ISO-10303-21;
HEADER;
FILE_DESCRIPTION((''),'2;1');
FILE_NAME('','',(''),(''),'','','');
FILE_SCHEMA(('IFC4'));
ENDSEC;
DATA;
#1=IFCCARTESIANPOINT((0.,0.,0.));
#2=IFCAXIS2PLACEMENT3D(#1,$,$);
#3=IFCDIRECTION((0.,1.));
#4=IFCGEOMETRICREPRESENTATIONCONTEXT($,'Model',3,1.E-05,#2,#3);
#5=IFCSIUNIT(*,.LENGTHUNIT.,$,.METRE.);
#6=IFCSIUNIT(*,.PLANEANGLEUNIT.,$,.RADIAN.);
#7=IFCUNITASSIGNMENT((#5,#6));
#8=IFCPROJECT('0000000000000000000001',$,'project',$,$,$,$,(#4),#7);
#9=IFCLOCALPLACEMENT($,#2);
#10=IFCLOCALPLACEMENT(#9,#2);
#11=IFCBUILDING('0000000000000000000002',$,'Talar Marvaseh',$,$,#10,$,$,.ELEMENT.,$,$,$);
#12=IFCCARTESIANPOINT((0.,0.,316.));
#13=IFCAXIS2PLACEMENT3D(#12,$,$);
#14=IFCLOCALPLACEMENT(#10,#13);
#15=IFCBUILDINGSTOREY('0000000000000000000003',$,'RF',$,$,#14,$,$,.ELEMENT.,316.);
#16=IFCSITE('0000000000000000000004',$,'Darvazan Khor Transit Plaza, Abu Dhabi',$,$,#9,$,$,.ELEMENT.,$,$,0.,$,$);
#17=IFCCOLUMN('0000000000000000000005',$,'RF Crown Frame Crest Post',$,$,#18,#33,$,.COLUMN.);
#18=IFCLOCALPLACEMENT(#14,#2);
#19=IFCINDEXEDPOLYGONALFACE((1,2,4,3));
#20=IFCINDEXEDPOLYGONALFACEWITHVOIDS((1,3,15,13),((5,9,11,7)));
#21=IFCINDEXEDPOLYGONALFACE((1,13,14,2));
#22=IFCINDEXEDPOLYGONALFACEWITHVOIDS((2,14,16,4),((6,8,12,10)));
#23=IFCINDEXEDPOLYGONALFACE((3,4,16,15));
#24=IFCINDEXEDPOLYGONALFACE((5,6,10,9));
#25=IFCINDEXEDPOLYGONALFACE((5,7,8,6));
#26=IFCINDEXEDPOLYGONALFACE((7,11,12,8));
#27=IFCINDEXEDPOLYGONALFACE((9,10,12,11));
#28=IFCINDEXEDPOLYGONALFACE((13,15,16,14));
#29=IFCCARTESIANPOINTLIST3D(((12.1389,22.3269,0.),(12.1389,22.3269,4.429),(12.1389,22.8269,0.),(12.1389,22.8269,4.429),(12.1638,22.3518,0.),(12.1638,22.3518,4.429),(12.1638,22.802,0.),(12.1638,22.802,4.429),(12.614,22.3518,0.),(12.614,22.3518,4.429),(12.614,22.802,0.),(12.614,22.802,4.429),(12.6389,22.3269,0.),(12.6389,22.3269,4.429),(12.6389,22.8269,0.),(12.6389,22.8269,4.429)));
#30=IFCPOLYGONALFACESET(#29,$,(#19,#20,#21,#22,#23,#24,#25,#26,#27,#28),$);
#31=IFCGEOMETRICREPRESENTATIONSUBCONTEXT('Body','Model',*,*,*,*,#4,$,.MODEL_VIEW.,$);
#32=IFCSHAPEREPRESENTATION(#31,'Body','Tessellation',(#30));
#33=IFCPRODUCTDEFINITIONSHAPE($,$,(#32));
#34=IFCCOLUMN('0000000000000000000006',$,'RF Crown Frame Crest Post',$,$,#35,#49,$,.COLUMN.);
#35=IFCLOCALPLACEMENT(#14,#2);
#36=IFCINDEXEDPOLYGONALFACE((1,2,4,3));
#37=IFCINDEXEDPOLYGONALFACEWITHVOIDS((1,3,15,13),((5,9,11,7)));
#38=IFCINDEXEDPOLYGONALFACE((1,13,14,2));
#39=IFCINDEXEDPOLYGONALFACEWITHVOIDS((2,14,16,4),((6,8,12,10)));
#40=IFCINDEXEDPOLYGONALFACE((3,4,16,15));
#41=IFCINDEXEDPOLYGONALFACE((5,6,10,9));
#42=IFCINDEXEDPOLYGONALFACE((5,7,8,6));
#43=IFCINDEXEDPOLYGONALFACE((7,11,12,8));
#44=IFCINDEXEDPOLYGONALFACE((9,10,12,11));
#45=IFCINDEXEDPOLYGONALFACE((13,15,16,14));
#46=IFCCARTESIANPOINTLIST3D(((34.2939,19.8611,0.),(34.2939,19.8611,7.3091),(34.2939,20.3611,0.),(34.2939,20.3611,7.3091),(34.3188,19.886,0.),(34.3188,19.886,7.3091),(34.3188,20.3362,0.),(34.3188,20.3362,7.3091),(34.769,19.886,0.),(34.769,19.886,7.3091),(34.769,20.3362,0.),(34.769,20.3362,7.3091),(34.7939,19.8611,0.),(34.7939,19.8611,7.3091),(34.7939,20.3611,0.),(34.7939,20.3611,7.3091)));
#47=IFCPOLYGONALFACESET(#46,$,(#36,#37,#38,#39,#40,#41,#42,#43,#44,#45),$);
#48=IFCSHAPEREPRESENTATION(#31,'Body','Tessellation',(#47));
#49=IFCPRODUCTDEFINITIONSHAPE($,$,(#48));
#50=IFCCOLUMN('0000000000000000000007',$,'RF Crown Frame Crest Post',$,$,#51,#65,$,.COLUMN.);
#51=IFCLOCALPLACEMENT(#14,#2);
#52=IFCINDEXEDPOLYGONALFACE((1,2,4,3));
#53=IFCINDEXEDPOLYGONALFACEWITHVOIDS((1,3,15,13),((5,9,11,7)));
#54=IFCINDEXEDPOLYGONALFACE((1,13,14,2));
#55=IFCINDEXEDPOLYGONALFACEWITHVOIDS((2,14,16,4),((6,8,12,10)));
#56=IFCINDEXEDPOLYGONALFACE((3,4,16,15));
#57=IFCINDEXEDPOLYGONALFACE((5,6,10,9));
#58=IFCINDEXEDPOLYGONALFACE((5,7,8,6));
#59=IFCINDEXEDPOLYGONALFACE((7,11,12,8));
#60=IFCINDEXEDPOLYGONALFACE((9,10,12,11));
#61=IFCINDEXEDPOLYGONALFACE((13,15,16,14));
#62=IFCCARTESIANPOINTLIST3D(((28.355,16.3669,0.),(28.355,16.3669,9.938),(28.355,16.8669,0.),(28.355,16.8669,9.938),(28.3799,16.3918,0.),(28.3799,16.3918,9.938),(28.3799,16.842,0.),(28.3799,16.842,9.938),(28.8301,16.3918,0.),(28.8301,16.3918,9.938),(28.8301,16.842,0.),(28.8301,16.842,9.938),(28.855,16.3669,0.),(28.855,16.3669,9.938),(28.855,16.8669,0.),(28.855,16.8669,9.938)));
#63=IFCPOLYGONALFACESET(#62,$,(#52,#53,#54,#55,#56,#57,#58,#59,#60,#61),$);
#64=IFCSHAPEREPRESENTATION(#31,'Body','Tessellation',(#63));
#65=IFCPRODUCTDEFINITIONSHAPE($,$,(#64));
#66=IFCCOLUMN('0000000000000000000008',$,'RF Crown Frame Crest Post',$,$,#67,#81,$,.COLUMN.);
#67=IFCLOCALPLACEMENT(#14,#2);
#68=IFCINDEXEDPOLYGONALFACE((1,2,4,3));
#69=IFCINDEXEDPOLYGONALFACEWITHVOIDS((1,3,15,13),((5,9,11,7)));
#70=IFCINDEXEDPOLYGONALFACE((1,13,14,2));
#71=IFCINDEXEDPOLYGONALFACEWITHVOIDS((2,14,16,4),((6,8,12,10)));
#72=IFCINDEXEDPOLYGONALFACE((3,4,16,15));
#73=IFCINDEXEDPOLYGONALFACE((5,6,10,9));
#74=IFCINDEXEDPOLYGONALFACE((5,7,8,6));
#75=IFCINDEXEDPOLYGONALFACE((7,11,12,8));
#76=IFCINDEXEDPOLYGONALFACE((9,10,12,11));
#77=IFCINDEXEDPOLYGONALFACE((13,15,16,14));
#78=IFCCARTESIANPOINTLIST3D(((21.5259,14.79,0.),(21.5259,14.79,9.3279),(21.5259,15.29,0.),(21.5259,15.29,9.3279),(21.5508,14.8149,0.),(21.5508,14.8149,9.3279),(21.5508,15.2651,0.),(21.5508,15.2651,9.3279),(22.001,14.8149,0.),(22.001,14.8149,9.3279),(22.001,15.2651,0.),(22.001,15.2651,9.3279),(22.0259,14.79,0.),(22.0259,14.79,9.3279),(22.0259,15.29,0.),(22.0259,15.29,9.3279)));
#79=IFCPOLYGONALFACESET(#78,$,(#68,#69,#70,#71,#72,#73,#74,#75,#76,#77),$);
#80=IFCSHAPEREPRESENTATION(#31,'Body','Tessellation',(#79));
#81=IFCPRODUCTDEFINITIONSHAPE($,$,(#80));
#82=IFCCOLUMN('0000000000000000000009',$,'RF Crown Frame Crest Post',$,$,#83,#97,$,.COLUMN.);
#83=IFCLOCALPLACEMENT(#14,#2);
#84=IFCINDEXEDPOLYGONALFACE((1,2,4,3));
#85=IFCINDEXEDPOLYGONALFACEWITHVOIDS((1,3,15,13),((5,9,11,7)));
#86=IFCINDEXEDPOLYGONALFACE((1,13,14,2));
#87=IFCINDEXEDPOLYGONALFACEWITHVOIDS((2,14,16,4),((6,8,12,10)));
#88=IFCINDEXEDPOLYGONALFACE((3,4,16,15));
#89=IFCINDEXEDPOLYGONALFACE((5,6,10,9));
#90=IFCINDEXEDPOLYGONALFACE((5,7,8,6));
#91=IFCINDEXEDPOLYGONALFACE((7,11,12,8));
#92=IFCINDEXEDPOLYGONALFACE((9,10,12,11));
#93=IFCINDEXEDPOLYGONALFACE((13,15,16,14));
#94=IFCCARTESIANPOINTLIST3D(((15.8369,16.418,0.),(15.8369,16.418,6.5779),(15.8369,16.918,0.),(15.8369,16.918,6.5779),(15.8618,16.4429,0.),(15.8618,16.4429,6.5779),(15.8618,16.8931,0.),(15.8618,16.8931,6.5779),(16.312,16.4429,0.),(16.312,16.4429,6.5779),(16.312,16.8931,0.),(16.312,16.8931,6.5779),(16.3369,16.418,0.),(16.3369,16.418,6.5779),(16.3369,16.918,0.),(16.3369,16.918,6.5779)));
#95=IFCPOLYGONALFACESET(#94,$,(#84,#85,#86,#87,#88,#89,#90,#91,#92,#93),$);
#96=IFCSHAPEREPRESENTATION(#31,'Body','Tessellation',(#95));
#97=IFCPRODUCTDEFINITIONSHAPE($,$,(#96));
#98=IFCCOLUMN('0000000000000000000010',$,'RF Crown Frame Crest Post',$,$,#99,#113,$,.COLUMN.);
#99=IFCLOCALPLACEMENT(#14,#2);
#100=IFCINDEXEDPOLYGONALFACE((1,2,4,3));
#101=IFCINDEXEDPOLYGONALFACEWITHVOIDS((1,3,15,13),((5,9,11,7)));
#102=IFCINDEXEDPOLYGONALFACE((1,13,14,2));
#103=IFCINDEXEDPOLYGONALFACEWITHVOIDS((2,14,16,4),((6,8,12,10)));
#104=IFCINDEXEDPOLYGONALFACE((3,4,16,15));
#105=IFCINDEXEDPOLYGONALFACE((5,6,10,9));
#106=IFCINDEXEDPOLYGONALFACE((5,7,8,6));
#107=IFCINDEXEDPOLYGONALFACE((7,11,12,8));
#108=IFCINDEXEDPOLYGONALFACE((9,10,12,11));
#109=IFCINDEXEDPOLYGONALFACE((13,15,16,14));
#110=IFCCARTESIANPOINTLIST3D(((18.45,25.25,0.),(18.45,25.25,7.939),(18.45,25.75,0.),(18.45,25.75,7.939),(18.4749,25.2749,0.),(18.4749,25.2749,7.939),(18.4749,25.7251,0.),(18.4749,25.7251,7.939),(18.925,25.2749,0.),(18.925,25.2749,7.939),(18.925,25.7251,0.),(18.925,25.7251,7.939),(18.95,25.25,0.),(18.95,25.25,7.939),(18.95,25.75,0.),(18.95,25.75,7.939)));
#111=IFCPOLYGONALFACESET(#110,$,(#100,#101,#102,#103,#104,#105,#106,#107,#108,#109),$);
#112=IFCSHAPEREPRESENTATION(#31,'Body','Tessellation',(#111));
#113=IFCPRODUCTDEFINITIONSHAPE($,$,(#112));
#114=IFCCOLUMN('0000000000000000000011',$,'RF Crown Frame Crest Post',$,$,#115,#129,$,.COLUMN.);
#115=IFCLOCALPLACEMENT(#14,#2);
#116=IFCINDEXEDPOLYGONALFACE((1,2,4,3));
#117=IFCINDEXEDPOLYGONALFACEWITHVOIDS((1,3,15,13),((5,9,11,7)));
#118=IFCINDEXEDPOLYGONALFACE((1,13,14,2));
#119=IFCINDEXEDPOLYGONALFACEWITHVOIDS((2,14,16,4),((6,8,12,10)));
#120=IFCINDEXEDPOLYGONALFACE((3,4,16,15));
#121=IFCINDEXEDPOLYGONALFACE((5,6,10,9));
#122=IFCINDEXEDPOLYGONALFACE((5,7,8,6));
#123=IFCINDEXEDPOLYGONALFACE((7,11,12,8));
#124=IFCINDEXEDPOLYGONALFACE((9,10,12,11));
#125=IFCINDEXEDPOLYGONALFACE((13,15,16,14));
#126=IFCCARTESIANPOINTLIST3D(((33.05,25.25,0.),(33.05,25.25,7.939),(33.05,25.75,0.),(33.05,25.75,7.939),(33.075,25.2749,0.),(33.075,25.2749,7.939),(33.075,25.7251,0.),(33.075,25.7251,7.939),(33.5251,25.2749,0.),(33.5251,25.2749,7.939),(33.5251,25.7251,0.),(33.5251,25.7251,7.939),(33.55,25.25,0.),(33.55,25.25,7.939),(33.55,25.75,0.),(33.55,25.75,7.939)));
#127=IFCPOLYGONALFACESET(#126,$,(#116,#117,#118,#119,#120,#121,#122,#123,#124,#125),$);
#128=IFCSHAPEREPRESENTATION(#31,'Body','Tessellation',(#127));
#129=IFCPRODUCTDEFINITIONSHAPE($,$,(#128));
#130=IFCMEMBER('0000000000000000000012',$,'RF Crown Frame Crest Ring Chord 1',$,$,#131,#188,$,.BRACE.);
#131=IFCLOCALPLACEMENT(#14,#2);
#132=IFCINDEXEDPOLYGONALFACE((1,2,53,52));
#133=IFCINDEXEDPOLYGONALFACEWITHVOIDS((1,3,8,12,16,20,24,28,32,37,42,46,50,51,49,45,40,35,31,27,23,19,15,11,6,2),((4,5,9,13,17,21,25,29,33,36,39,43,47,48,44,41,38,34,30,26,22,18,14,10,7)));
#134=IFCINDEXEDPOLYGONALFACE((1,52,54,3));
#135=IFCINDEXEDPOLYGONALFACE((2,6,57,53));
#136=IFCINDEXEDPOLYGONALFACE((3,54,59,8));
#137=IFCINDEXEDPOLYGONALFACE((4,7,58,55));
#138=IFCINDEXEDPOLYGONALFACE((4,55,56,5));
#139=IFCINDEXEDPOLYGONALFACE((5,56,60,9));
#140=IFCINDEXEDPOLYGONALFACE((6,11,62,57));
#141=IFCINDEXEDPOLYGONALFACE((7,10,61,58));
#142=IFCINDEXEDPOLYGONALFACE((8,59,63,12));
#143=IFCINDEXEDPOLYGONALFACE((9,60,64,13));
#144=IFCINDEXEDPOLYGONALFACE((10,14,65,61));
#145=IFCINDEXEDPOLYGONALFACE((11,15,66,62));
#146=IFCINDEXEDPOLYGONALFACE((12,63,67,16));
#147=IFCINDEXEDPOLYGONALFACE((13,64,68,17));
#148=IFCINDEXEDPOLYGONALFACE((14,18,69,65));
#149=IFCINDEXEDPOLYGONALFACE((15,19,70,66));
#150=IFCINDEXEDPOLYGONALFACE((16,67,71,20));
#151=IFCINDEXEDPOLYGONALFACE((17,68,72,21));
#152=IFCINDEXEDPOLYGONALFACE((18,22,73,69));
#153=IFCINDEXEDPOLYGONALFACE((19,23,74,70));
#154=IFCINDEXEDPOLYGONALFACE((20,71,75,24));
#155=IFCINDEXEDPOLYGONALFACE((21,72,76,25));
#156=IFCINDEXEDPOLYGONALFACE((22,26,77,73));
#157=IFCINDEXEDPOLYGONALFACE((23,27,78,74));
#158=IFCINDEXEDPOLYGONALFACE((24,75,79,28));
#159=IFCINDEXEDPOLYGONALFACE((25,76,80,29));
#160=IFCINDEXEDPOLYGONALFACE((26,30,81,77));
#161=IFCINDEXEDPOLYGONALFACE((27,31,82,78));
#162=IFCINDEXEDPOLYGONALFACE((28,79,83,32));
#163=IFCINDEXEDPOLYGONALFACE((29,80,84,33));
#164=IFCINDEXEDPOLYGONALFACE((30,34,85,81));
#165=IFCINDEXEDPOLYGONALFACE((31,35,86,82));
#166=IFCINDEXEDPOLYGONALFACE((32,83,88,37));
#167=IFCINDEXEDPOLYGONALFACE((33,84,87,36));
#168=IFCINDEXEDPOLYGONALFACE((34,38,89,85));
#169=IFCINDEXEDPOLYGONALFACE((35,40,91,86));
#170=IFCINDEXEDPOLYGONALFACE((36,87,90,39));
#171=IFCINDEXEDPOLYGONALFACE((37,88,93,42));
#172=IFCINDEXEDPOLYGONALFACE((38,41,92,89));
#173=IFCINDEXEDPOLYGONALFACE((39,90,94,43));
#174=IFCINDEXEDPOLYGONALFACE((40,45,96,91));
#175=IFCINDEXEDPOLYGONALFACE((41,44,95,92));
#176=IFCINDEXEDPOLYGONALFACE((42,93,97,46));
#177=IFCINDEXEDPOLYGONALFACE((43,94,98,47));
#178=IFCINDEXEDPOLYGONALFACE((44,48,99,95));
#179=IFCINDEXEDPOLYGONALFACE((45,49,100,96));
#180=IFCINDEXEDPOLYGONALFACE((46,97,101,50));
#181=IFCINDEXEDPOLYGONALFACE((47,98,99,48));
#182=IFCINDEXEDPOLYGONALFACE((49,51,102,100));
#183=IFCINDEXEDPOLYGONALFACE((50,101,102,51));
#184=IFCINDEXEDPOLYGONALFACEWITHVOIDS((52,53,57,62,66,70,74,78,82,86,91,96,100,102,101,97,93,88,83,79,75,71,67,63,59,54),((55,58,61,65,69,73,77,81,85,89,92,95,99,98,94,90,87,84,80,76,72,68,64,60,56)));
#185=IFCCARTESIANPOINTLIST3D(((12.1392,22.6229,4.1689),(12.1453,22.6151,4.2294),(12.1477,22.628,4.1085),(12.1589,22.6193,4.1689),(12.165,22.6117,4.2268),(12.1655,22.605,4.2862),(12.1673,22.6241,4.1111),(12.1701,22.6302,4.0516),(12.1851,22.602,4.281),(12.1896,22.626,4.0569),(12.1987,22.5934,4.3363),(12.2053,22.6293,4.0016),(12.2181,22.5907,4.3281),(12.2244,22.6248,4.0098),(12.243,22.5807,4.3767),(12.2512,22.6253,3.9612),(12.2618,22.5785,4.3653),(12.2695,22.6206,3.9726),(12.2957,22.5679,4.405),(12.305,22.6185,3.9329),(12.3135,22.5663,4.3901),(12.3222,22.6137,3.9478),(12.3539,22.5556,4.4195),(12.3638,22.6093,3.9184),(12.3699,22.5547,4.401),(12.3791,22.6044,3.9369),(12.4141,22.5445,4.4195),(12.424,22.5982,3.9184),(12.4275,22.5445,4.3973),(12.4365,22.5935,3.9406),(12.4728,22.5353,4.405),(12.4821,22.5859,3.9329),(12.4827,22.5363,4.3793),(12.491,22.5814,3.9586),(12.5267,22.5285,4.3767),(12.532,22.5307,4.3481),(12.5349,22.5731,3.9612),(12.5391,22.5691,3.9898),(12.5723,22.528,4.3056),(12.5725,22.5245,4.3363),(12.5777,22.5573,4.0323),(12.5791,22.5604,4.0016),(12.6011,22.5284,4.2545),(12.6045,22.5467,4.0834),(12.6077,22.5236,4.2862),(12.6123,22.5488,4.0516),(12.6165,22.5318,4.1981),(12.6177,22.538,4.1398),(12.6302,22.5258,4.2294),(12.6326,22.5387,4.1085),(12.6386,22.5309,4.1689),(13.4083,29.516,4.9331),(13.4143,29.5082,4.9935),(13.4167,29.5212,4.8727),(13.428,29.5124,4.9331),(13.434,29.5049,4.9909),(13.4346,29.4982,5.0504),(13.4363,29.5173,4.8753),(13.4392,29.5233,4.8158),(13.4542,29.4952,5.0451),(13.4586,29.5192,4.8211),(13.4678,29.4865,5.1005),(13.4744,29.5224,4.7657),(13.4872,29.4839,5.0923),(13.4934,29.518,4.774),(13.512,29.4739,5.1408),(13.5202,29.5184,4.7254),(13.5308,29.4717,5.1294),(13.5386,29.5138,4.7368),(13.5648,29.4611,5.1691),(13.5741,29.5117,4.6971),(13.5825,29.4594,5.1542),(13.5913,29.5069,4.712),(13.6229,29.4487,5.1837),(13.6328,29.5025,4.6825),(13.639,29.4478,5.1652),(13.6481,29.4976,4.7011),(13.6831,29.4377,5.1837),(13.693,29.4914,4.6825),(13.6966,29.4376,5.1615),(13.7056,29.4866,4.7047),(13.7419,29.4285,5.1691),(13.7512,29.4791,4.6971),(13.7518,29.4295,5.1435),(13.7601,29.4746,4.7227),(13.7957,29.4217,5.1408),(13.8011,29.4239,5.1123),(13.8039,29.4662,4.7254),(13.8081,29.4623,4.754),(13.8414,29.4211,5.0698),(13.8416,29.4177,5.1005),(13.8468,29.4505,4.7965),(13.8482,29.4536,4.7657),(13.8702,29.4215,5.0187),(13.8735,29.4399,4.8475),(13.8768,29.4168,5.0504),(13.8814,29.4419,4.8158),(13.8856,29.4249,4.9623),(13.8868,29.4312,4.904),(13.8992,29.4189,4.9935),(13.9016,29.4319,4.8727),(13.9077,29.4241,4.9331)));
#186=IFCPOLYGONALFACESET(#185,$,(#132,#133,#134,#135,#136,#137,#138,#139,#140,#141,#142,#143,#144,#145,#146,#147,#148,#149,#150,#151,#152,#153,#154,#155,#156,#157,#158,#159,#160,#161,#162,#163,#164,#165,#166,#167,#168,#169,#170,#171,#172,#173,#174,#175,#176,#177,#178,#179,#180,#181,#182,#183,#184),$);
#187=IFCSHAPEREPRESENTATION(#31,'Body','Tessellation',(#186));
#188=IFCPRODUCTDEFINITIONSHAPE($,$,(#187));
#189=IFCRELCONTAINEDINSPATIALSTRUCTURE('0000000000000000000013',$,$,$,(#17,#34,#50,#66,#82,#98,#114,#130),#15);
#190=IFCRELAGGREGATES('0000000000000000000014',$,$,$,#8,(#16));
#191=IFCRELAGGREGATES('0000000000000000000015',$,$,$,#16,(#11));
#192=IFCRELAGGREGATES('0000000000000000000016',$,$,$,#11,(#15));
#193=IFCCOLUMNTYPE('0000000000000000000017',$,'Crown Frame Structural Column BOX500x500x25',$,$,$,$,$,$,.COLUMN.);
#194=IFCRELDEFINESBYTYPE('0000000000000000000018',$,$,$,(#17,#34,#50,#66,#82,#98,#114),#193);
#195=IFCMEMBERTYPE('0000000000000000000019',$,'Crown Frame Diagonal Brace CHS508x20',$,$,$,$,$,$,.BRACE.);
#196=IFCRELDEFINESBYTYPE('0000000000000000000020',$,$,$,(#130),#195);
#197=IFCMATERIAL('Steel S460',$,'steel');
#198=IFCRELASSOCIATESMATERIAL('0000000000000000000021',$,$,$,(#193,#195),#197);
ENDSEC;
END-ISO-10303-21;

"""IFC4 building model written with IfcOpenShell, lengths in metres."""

from ifc_helpers import new_model, si_unit, direction, frame, origin, origin_2d, place, context, subcontext, project, spatial, hollow_rectangle, hollow_circle, extrude, source, transform, mapped, material, material_profile, profile_set, type_object, element, save


model = new_model("IFC4")

# Units and contexts
model_context = context("Model", 3, precision=1e-05, world=origin(), true_north=direction((0.0, 1.0)))
body_context = subcontext(model_context, "Body", "Model", "MODEL_VIEW")
ifc_project = project(units=[si_unit("LENGTHUNIT", "METRE"), si_unit("PLANEANGLEUNIT", "RADIAN")], contexts=[model_context])

# Site, building, storey
site_placement = place(None, origin())
site = spatial("IfcSite", under=ifc_project, at=site_placement, Name="Darvazan Khor Transit Plaza, Abu Dhabi", CompositionType="ELEMENT", RefElevation=0.0)
building_placement = place(site_placement, origin())
building = spatial("IfcBuilding", under=site, at=building_placement, Name="Talar Marvaseh", CompositionType="ELEMENT")
storey_placement = place(building_placement, frame((0.0, 0.0, 316.0)))
storey = spatial("IfcBuildingStorey", under=building, at=storey_placement, Name="RF", CompositionType="ELEMENT", Elevation=316.0)

# Columns
ifc_material_1 = material(Name="Steel S460", Category="steel")
ifc_material_profile_1 = material_profile(ifc_material_1, hollow_rectangle(XDim=0.5, YDim=0.5, WallThickness=0.0249, at=origin_2d()), Name="BOX500x500x25")
ifc_profile_set_1 = profile_set([ifc_material_profile_1], Name="Steel S460")
column_type = type_object("IfcColumnType", Name="Crown Frame Structural Column BOX500x500x25", PredefinedType="COLUMN", material=ifc_profile_set_1)
column_1_placement = place(storey_placement, frame((12.3889, 22.5769, 0.0), z_axis=(0.0, 0.0, 1.0), x_axis=(1.0, 0.0, 0.0)))
element("IfcColumn", 1, at=column_1_placement, inside=storey, type_object=column_type, Name="RF Crown Frame Crest Post", PredefinedType="COLUMN", context=body_context, shape_type="SweptSolid", body=[
    extrude(hollow_rectangle(XDim=0.5, YDim=0.5, WallThickness=0.0249, at=origin_2d()), origin(), (0.0, 0.0, 1.0), 4.429),
])
column_2_placement = place(storey_placement, frame((34.5439, 20.1111, 0.0), z_axis=(0.0, 0.0, 1.0), x_axis=(1.0, 0.0, 0.0)))
element("IfcColumn", 2, at=column_2_placement, inside=storey, type_object=column_type, Name="RF Crown Frame Crest Post", PredefinedType="COLUMN", context=body_context, shape_type="SweptSolid", body=[
    extrude(hollow_rectangle(XDim=0.5, YDim=0.5, WallThickness=0.0249, at=origin_2d()), origin(), (0.0, 0.0, 1.0), 7.3091),
])
column_3_placement = place(storey_placement, frame((28.605, 16.6169, 0.0), z_axis=(0.0, 0.0, 1.0), x_axis=(1.0, 0.0, 0.0)))
element("IfcColumn", 3, at=column_3_placement, inside=storey, type_object=column_type, Name="RF Crown Frame Crest Post", PredefinedType="COLUMN", context=body_context, shape_type="SweptSolid", body=[
    extrude(hollow_rectangle(XDim=0.5, YDim=0.5, WallThickness=0.0249, at=origin_2d()), origin(), (0.0, 0.0, 1.0), 9.938),
])
column_4_placement = place(storey_placement, frame((21.7759, 15.04, 0.0), z_axis=(0.0, 0.0, 1.0), x_axis=(1.0, 0.0, 0.0)))
element("IfcColumn", 4, at=column_4_placement, inside=storey, type_object=column_type, Name="RF Crown Frame Crest Post", PredefinedType="COLUMN", context=body_context, shape_type="SweptSolid", body=[
    extrude(hollow_rectangle(XDim=0.5, YDim=0.5, WallThickness=0.0249, at=origin_2d()), origin(), (0.0, 0.0, 1.0), 9.3279),
])
column_5_placement = place(storey_placement, frame((16.0869, 16.668, 0.0), z_axis=(0.0, 0.0, 1.0), x_axis=(1.0, 0.0, 0.0)))
element("IfcColumn", 5, at=column_5_placement, inside=storey, type_object=column_type, Name="RF Crown Frame Crest Post", PredefinedType="COLUMN", context=body_context, shape_type="SweptSolid", body=[
    extrude(hollow_rectangle(XDim=0.5, YDim=0.5, WallThickness=0.0249, at=origin_2d()), origin(), (0.0, 0.0, 1.0), 6.5779),
])
for number, where, z_axis, x_axis, name in (
    (6, (18.7, 25.5, 0.0), (0.0, 0.0, 1.0), (1.0, 0.0, 0.0), "RF Crown Frame Crest Post"),
    (7, (33.3, 25.5, 0.0), (0.0, 0.0, 1.0), (1.0, 0.0, 0.0), "RF Crown Frame Crest Post"),
):
    element("IfcColumn", number, at=place(storey_placement, frame(where, z_axis=z_axis, x_axis=x_axis)), inside=storey, type_object=column_type, Name=name, PredefinedType="COLUMN", context=body_context, shape_type="SweptSolid", body=[
        extrude(hollow_rectangle(XDim=0.5, YDim=0.5, WallThickness=0.0249, at=origin_2d()), origin(), (0.0, 0.0, 1.0), 7.939),
    ])

# Member
ifc_material_profile_2 = material_profile(ifc_material_1, hollow_circle(Radius=0.2539, WallThickness=0.02, at=origin_2d()), Name="CHS508x20")
ifc_profile_set_2 = profile_set([ifc_material_profile_2], Name="Steel S460")
member_type = type_object("IfcMemberType", Name="Crown Frame Diagonal Brace CHS508x20", PredefinedType="BRACE", material=ifc_profile_set_2)
shared_shape_1 = source(origin(), body_context, "Body", "SweptSolid", [
    extrude(hollow_circle(Radius=0.2539, WallThickness=0.02, at=origin_2d()), origin(), (0.0, 0.0, 1.0), 7.0505),
])
member_1_placement = place(storey_placement, frame((12.3889, 22.5769, 4.1689), z_axis=(0.179995, 0.977678, 0.108385), x_axis=(-0.983472, 0.181061, 0.0)))
element("IfcMember", 8, at=member_1_placement, inside=storey, type_object=member_type, Name="RF Crown Frame Crest Ring Chord 1", PredefinedType="BRACE", context=body_context, shape_type="MappedRepresentation", body=[
    mapped(shared_shape_1, transform((0.0, 0.0, 0.0), x_axis=(1.0, 0.0, 0.0), y_axis=(0.0, 1.0, 0.0), z_axis=(0.0, 0.0, 1.0), scale=1.0)),
])

save(model, "model.ifc")
